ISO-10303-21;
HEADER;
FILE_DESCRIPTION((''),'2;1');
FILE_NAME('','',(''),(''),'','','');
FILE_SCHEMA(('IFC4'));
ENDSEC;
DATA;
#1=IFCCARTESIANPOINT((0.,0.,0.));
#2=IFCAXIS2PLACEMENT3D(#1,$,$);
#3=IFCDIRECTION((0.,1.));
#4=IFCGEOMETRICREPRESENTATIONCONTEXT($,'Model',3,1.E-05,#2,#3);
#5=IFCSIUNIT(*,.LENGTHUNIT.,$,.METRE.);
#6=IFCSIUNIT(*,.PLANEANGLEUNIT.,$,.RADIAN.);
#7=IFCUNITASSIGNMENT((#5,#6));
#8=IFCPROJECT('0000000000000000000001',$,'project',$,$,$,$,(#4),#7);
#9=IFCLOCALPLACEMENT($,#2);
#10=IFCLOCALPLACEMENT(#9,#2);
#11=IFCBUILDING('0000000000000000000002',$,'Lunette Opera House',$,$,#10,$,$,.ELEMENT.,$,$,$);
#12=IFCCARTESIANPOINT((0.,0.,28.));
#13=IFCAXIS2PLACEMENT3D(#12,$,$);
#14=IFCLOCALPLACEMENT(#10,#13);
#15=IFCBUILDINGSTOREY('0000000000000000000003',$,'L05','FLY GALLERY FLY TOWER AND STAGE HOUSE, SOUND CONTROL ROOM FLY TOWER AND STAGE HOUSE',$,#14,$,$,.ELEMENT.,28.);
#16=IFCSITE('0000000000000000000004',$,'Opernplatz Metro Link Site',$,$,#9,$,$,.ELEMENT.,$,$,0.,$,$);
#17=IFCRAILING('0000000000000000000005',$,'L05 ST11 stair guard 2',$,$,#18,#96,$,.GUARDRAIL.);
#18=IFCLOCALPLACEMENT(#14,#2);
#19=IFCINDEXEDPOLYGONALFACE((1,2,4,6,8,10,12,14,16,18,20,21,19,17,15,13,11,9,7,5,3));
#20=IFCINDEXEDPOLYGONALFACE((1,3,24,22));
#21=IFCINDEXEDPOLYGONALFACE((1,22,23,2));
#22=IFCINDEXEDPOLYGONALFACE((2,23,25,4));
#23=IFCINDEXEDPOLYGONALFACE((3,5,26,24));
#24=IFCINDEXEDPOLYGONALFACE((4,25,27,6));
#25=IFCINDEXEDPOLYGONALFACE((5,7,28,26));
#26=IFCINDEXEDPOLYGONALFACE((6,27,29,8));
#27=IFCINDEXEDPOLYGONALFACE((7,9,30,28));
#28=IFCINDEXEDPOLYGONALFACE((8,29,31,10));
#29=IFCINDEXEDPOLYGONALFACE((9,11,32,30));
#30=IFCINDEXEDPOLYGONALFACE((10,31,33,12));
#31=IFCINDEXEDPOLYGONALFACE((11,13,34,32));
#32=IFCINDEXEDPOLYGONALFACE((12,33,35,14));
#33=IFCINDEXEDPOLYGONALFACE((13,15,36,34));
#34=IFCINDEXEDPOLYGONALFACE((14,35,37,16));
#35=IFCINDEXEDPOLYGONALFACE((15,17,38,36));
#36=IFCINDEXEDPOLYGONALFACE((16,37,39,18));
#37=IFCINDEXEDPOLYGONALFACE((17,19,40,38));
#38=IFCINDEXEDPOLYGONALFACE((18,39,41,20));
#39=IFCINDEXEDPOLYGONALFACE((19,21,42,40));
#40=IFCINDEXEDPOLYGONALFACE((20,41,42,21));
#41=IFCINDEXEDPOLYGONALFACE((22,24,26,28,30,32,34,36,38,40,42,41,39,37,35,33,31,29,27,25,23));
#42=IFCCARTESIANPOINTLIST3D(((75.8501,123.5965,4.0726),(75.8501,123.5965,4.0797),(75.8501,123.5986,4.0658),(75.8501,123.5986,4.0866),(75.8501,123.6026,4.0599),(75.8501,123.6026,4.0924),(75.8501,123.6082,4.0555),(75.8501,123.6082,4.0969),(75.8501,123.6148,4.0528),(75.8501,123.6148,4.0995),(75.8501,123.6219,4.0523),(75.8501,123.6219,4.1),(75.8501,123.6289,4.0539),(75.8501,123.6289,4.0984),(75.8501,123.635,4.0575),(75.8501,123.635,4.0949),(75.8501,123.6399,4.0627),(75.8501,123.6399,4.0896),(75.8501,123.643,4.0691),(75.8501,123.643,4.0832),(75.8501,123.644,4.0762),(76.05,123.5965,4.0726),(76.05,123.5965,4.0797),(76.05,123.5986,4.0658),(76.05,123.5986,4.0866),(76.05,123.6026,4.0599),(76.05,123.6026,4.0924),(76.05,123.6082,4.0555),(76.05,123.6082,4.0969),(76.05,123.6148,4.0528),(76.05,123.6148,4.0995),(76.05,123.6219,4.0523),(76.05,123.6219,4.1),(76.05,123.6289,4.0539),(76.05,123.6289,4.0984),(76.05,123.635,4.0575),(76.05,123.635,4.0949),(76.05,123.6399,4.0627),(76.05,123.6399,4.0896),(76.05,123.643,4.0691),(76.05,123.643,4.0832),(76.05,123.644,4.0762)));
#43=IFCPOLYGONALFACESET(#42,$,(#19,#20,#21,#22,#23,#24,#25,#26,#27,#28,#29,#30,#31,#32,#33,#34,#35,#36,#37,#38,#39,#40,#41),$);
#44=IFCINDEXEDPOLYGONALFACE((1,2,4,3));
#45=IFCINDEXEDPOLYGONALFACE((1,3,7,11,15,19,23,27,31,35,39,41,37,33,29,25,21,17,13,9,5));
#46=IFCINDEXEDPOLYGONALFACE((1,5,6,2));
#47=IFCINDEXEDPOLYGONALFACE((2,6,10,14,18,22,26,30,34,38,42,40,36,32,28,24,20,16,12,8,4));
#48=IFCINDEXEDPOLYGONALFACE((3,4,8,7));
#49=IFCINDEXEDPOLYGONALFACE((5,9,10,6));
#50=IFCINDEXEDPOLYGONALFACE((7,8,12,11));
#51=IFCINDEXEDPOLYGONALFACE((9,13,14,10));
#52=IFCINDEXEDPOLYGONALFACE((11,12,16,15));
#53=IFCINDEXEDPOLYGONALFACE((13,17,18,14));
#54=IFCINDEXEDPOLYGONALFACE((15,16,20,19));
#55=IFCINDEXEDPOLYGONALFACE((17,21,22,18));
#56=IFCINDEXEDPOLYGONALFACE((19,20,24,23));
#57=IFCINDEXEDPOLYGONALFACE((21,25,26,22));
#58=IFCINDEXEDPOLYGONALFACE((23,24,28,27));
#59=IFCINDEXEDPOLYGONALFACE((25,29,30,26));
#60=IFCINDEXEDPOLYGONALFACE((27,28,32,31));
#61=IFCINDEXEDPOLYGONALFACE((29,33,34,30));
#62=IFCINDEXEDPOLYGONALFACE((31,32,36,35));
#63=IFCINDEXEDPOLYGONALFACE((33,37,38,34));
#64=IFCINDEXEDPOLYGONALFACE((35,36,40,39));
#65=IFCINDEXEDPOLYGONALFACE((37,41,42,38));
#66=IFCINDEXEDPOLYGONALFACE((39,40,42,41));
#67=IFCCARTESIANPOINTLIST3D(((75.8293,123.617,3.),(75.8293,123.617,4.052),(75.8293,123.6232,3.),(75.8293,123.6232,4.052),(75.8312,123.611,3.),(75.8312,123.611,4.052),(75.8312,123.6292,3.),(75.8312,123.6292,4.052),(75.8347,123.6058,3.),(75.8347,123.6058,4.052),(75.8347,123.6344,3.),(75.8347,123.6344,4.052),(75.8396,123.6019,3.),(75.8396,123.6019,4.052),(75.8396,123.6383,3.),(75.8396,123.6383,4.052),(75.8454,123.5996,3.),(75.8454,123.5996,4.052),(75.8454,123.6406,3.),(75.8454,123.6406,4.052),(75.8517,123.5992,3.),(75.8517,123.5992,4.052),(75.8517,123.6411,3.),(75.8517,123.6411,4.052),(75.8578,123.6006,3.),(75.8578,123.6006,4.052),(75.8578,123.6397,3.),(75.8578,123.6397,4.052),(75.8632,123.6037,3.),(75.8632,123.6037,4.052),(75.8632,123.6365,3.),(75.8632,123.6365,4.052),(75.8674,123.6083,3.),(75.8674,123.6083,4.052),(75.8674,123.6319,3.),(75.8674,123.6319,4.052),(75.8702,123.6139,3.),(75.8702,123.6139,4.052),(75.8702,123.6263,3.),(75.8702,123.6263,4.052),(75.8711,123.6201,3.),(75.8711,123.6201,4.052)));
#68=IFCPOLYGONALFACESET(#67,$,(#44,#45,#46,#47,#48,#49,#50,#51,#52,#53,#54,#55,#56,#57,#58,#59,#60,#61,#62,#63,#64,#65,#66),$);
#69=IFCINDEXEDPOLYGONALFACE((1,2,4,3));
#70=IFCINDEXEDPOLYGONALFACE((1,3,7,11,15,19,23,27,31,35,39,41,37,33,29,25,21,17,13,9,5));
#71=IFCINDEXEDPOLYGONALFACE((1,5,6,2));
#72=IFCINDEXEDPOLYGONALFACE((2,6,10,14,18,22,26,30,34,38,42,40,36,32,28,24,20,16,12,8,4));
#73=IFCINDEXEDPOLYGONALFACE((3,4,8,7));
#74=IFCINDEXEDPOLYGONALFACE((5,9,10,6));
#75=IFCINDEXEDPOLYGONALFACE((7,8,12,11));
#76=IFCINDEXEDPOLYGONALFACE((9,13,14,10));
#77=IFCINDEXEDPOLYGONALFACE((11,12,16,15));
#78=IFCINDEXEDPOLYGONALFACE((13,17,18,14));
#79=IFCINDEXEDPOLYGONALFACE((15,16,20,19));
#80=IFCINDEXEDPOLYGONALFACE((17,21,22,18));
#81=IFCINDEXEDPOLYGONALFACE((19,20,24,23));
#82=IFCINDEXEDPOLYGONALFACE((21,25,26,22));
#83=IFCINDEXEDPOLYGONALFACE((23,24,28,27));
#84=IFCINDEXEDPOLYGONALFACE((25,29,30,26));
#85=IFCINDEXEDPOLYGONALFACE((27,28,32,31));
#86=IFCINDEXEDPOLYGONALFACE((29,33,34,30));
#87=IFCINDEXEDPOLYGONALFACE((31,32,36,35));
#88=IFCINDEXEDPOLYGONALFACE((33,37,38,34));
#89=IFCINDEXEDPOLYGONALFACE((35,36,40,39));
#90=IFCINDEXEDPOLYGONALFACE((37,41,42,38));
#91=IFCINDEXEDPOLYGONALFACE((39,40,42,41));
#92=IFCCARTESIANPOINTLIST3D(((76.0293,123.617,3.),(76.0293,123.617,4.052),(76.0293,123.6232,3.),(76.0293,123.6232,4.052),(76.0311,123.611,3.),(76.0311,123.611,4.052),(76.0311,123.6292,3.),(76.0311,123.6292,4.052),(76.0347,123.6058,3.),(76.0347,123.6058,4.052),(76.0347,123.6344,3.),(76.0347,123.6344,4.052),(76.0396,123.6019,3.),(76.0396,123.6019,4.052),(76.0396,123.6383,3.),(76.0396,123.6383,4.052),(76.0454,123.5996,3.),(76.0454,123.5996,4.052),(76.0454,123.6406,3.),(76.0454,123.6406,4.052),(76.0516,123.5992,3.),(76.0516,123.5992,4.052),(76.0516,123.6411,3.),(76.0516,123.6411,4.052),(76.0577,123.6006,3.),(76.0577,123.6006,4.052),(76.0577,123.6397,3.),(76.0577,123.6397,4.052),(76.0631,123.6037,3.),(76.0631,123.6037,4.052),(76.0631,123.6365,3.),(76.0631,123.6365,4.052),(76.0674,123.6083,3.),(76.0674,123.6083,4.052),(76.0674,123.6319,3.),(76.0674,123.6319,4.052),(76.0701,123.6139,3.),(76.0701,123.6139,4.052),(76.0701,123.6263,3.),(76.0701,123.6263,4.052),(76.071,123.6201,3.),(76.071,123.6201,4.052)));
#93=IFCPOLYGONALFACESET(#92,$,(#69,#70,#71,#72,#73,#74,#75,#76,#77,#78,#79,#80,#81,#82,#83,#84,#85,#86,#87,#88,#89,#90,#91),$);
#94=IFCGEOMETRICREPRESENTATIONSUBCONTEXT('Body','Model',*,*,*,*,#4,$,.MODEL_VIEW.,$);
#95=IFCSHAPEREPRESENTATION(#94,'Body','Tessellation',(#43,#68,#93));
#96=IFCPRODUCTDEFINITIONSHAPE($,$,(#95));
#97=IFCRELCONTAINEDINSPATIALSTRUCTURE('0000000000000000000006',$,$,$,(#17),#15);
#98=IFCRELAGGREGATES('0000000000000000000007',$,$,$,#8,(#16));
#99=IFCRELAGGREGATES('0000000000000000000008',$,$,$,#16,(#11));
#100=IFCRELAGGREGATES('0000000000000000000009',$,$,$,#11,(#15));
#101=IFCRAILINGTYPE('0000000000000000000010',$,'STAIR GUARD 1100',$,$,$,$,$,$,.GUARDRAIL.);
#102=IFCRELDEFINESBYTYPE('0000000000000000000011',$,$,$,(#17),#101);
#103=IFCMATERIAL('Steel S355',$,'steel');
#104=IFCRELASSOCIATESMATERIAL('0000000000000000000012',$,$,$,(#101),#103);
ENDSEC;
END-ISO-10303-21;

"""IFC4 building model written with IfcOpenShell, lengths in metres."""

from ifc_helpers import new_model, si_unit, direction, frame, origin, origin_2d, place, context, subcontext, project, spatial, circle, extrude, material, type_object, element, save


model = new_model("IFC4")

# Units and contexts
model_context = context("Model", 3, precision=1e-05, world=origin(), true_north=direction((0.0, 1.0)))
body_context = subcontext(model_context, "Body", "Model", "MODEL_VIEW")
ifc_project = project(units=[si_unit("LENGTHUNIT", "METRE"), si_unit("PLANEANGLEUNIT", "RADIAN")], contexts=[model_context])

# Site, building, storey
site_placement = place(None, origin())
site = spatial("IfcSite", under=ifc_project, at=site_placement, Name="Opernplatz Metro Link Site", CompositionType="ELEMENT", RefElevation=0.0)
building_placement = place(site_placement, origin())
building = spatial("IfcBuilding", under=site, at=building_placement, Name="Lunette Opera House", CompositionType="ELEMENT")
storey_placement = place(building_placement, frame((0.0, 0.0, 28.0)))
storey = spatial("IfcBuildingStorey", under=building, at=storey_placement, Name="L05", Description="FLY GALLERY FLY TOWER AND STAGE HOUSE, SOUND CONTROL ROOM FLY TOWER AND STAGE HOUSE", CompositionType="ELEMENT", Elevation=28.0)

# Railing
ifc_material_1 = material(Name="Steel S355", Category="steel")
railing_type_1 = type_object("IfcRailingType", Name="STAIR GUARD 1100", PredefinedType="GUARDRAIL", material=ifc_material_1)
railing_1_placement = place(storey_placement, frame((75.8501, 123.6201, 3.0)))
element("IfcRailing", 1, at=railing_1_placement, inside=storey, type_object=railing_type_1, Name="L05 ST11 stair guard 2", PredefinedType="GUARDRAIL", context=body_context, shape_type="SweptSolid", body=[
    extrude(circle(Radius=0.0239, at=origin_2d()), frame((0.0, 0.0, 1.0762), z_axis=(1.0, 0.0, 0.0), x_axis=(0.0, 1.0, 0.0)), (0.0, 0.0, 1.0), 0.2),
    extrude(circle(Radius=0.021, at=origin_2d()), origin(), (0.0, 0.0, 1.0), 1.052),
    extrude(circle(Radius=0.021, at=origin_2d()), frame((0.2, 0.0, 0.0)), (0.0, 0.0, 1.0), 1.052),
])

save(model, "model.ifc")
